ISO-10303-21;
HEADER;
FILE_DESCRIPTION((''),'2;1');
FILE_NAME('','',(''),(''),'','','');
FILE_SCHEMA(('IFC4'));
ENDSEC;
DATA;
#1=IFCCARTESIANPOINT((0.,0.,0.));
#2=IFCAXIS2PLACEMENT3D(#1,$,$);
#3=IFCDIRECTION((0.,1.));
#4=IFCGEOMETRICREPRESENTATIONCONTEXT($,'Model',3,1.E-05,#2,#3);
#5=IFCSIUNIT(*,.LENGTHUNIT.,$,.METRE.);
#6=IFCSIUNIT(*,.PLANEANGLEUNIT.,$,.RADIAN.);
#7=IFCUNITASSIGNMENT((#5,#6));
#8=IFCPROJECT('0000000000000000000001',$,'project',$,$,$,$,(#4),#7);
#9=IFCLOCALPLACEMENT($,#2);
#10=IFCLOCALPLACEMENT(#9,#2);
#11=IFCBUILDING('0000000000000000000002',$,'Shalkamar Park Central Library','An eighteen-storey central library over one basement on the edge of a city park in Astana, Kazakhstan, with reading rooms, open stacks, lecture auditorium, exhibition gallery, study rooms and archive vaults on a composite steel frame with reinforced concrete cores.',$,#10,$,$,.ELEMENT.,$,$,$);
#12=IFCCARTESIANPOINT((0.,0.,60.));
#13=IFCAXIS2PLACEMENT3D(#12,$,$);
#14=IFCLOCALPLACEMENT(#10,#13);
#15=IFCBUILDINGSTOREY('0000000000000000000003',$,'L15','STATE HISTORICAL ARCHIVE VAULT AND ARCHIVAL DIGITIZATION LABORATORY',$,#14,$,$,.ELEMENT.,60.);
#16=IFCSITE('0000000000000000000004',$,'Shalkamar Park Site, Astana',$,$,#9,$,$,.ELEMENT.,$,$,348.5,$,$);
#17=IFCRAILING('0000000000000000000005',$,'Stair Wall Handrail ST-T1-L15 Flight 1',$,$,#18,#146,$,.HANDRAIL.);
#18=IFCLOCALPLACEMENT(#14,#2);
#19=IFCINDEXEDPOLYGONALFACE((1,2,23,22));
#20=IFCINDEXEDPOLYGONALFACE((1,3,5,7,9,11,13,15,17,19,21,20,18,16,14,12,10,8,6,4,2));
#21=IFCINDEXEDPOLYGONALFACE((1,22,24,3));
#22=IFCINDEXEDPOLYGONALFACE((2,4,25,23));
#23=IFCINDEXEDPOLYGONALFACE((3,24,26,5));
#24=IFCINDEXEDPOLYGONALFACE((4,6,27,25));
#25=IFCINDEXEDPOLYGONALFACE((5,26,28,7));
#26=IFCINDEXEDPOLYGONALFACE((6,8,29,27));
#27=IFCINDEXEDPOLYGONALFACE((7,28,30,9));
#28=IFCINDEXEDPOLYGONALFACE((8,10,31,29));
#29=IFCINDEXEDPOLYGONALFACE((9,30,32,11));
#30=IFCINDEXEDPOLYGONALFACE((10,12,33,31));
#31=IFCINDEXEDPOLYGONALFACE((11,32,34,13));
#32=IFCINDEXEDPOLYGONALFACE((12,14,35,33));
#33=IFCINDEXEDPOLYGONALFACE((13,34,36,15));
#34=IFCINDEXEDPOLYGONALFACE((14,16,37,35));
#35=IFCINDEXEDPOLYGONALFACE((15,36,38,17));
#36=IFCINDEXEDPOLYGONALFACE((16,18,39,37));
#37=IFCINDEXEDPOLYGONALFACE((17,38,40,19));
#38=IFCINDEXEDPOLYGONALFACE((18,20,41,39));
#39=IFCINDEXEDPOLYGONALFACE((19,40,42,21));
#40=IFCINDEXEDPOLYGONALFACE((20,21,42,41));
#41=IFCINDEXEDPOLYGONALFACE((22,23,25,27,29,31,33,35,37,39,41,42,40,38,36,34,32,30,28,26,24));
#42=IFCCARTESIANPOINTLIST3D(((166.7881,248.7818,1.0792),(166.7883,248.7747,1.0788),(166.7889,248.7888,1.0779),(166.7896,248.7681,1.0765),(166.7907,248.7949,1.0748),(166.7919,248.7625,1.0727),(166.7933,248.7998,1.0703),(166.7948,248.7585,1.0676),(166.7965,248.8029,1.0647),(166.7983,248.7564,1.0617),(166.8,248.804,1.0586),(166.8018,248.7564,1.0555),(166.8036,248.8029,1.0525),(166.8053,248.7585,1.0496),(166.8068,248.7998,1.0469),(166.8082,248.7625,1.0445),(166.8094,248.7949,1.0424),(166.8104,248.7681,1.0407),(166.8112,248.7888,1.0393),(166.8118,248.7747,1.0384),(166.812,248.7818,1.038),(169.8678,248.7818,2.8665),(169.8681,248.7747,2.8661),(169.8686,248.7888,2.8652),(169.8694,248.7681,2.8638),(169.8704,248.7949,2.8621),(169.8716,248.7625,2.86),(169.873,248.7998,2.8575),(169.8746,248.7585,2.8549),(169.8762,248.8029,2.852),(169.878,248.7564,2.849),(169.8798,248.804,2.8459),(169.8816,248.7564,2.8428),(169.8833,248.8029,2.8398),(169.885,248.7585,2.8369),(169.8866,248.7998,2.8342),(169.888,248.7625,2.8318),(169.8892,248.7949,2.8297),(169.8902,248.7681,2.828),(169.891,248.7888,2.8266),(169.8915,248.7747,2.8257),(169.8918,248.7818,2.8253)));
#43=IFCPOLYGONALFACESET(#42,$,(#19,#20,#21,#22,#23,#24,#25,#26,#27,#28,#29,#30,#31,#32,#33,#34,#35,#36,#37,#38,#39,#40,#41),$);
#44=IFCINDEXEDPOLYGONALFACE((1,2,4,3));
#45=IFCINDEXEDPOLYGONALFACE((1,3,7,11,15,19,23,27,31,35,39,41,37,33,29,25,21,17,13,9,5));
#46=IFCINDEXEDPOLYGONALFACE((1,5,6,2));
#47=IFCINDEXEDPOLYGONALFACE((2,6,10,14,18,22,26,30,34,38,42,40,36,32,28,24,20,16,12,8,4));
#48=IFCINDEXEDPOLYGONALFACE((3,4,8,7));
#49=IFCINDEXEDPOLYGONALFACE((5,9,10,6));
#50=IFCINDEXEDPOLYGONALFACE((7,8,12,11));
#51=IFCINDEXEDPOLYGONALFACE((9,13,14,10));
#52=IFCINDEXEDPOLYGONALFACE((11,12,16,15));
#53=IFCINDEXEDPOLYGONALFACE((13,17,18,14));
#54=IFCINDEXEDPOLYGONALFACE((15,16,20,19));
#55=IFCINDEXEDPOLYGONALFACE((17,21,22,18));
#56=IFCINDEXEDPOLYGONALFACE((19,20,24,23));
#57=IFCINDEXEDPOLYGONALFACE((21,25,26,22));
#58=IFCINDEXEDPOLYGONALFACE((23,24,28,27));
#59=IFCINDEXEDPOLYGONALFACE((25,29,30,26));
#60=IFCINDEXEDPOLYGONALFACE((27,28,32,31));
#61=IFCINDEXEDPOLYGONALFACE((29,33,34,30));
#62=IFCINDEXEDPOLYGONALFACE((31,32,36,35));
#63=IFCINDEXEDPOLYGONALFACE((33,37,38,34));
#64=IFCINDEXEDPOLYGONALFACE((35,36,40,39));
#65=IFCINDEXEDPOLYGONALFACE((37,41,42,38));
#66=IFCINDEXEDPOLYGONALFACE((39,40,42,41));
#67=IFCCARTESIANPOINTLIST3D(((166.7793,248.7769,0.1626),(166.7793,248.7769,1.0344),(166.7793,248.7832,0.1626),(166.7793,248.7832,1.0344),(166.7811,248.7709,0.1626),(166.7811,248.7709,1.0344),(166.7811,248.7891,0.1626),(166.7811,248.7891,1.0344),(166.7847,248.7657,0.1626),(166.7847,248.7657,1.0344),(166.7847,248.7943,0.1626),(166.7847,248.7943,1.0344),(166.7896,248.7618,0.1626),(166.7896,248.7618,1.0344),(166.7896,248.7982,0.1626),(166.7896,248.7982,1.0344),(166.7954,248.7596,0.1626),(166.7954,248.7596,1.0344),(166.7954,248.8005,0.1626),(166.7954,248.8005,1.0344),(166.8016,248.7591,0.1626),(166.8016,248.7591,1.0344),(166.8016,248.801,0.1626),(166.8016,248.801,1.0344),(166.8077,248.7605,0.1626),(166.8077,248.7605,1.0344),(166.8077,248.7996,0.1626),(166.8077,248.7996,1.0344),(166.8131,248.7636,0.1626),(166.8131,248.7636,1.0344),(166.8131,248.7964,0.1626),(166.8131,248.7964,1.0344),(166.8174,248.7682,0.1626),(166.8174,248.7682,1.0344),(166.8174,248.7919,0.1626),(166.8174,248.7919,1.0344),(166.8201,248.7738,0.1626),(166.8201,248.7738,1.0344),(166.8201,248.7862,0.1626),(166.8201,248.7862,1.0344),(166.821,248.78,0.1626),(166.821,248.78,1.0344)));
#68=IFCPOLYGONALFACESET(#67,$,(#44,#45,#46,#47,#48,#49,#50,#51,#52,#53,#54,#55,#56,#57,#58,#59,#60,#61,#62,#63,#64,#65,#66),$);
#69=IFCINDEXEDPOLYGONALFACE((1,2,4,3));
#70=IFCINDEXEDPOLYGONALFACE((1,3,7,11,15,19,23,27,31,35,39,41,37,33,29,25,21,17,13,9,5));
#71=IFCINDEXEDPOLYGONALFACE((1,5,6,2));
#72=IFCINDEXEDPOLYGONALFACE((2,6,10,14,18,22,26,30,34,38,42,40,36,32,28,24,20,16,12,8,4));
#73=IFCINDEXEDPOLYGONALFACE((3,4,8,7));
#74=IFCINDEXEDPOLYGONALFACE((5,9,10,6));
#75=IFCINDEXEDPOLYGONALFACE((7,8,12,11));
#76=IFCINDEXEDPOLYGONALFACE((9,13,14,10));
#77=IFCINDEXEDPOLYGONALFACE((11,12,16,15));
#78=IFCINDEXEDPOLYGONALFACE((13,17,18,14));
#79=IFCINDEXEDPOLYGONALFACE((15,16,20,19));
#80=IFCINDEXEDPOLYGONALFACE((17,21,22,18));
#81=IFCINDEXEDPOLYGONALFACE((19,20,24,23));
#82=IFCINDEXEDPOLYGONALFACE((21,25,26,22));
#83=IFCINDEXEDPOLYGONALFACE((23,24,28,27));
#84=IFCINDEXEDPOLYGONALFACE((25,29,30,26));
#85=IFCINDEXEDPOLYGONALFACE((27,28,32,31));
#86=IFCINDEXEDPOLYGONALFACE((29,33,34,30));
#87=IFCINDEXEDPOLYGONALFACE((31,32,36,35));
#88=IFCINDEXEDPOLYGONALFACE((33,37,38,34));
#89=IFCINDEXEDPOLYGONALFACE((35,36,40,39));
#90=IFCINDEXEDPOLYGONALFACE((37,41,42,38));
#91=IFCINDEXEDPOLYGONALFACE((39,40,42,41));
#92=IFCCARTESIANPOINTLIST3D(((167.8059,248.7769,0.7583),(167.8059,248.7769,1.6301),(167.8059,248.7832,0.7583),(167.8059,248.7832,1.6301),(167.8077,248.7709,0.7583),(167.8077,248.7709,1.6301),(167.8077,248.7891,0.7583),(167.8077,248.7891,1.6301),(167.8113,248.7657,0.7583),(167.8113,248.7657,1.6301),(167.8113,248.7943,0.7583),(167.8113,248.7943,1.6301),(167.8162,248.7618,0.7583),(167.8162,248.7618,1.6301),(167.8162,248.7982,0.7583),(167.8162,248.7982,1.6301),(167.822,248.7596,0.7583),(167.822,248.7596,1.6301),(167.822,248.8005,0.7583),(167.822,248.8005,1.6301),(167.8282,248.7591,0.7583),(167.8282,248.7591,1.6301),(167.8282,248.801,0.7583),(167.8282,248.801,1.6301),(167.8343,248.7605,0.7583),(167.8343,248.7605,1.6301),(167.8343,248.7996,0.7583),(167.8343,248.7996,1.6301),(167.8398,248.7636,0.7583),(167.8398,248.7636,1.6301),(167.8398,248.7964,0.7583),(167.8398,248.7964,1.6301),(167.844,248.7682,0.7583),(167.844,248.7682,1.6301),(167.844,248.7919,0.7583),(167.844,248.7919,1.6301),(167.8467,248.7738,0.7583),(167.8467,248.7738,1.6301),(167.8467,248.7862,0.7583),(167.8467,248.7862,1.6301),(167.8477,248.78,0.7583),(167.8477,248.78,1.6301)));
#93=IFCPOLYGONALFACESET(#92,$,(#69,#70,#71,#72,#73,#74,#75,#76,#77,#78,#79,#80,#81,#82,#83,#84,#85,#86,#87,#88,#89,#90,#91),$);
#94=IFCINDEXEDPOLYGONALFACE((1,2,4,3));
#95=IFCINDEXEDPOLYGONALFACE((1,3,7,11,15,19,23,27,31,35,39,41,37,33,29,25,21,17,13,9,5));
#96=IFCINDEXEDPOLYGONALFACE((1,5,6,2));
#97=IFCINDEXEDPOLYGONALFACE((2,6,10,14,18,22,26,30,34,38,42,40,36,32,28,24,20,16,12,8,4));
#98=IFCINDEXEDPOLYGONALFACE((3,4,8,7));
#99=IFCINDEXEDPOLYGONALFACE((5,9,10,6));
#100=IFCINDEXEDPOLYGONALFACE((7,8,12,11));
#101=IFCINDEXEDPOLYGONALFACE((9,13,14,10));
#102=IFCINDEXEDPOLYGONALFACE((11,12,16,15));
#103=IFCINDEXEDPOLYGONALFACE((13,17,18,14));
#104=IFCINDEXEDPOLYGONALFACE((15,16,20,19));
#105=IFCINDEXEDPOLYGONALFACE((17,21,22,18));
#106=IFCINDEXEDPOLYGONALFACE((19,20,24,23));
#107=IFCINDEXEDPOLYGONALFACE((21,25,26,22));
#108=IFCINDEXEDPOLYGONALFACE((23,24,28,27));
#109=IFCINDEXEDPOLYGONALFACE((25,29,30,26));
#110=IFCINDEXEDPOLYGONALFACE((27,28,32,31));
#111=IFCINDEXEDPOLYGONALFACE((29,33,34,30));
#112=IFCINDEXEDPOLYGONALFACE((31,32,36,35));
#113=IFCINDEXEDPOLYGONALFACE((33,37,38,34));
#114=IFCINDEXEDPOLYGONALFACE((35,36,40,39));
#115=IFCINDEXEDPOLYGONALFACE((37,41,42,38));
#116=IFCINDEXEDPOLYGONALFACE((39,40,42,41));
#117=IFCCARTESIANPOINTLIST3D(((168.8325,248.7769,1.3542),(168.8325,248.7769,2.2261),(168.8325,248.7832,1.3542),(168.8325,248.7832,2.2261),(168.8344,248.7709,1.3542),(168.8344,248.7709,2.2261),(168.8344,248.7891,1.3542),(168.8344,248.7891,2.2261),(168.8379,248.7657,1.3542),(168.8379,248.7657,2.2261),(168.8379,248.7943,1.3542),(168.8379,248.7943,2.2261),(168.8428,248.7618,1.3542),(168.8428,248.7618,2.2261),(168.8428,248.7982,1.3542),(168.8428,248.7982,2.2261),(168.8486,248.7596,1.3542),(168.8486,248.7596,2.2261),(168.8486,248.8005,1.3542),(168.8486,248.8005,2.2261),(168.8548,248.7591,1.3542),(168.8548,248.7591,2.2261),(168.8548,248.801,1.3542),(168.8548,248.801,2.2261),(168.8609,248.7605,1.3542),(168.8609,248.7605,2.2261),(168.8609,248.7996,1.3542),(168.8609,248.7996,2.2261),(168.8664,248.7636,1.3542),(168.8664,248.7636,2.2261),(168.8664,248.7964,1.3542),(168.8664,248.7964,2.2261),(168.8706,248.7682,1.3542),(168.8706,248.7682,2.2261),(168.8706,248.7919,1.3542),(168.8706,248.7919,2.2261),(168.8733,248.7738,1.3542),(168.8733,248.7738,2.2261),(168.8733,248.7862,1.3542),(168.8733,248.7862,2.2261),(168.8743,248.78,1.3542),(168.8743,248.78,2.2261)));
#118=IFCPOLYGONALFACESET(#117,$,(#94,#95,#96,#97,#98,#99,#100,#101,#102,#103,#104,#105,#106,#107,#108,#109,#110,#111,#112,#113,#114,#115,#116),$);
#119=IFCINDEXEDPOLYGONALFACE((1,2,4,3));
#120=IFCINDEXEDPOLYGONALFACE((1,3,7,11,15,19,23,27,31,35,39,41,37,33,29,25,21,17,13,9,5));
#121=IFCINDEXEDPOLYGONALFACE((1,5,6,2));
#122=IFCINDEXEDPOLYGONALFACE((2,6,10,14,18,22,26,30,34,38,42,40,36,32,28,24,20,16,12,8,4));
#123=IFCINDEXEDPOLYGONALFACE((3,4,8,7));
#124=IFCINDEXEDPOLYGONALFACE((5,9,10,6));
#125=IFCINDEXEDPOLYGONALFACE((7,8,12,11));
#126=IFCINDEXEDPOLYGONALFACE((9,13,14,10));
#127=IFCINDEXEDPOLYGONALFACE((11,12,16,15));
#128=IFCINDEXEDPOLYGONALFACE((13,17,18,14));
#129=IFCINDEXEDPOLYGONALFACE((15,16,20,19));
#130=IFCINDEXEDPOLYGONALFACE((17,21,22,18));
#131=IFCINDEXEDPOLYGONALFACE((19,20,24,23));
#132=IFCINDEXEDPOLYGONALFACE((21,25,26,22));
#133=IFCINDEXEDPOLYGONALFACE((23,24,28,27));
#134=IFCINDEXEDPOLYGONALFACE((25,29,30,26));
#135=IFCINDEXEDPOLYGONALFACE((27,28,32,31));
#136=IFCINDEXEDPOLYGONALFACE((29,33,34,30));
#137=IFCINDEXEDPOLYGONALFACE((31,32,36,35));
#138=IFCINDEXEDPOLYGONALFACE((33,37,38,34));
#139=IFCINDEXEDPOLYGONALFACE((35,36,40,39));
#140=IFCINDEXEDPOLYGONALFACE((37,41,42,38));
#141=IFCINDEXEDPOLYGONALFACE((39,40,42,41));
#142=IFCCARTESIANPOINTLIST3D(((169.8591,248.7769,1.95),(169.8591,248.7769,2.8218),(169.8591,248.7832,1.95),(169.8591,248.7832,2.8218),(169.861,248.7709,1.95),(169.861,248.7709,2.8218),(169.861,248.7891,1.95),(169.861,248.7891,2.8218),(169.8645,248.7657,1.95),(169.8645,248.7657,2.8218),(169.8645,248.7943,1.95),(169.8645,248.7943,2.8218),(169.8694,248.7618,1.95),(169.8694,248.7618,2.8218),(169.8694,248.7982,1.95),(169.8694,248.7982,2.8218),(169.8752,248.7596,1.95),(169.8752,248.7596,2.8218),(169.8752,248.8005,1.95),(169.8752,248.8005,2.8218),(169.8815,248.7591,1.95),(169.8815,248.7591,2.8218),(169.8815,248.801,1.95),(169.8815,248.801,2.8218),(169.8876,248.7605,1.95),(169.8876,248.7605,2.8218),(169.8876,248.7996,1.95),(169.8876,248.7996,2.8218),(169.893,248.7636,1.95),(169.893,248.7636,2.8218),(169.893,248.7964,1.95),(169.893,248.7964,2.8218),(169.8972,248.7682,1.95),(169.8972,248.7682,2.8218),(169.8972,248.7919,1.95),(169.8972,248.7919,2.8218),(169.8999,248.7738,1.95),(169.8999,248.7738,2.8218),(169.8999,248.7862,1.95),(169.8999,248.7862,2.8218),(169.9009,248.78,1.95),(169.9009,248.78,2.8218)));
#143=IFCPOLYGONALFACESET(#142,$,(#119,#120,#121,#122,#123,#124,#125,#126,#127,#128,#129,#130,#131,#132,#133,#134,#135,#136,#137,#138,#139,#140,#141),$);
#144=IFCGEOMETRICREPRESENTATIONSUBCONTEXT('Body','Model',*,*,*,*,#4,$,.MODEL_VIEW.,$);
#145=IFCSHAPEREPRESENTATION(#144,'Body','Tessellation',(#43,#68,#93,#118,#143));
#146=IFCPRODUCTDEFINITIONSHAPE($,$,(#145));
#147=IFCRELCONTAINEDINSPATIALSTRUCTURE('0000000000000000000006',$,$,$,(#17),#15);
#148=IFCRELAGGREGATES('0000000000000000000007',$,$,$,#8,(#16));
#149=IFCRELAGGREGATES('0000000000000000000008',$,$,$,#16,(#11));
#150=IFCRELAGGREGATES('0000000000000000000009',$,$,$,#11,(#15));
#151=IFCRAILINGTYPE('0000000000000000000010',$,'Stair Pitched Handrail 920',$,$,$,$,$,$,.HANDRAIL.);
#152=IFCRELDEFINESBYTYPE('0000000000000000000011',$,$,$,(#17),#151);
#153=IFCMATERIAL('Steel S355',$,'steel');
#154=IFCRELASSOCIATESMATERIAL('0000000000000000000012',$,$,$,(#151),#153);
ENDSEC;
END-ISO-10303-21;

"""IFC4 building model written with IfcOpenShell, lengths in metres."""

from ifc_helpers import new_model, si_unit, direction, frame, origin, origin_2d, place, context, subcontext, project, spatial, circle, extrude, material, type_object, element, save


model = new_model("IFC4")

# Units and contexts
model_context = context("Model", 3, precision=1e-05, world=origin(), true_north=direction((0.0, 1.0)))
body_context = subcontext(model_context, "Body", "Model", "MODEL_VIEW")
ifc_project = project(units=[si_unit("LENGTHUNIT", "METRE"), si_unit("PLANEANGLEUNIT", "RADIAN")], contexts=[model_context])

# Site, building, storey
site_placement = place(None, origin())
site = spatial("IfcSite", under=ifc_project, at=site_placement, Name="Shalkamar Park Site, Astana", CompositionType="ELEMENT", RefElevation=348.5)
building_placement = place(site_placement, origin())
building = spatial("IfcBuilding", under=site, at=building_placement, Name="Shalkamar Park Central Library", Description="An eighteen-storey central library over one basement on the edge of a city park in Astana, Kazakhstan, with reading rooms, open stacks, lecture auditorium, exhibition gallery, study rooms and archive vaults on a composite steel frame with reinforced concrete cores.", CompositionType="ELEMENT")
storey_placement = place(building_placement, frame((0.0, 0.0, 60.0)))
storey = spatial("IfcBuildingStorey", under=building, at=storey_placement, Name="L15", Description="STATE HISTORICAL ARCHIVE VAULT AND ARCHIVAL DIGITIZATION LABORATORY", CompositionType="ELEMENT", Elevation=60.0)

# Shared definitions
ifc_material_1 = material(Name="Steel S355", Category="steel")

# Railing
railing_type_1 = type_object("IfcRailingType", Name="Stair Pitched Handrail 920", PredefinedType="HANDRAIL", material=ifc_material_1)
railing_1_placement = place(storey_placement, frame((166.8, 248.78, 0.1626)))
element("IfcRailing", 1, at=railing_1_placement, inside=storey, type_object=railing_type_1, Name="Stair Wall Handrail ST-T1-L15 Flight 1", PredefinedType="HANDRAIL", context=body_context, shape_type="SweptSolid", body=[
    extrude(circle(Radius=0.0239, at=origin_2d()), frame((0.0, 0.0, 0.896), z_axis=(0.864903, 0.0, 0.501939), x_axis=(0.0, 1.0, 0.0)), (0.0, 0.0, 1.0), 3.5608),
    extrude(circle(Radius=0.021, at=origin_2d()), origin(), (0.0, 0.0, 1.0), 0.8718),
    extrude(circle(Radius=0.021, at=origin_2d()), frame((1.0266, 0.0, 0.5957)), (0.0, 0.0, 1.0), 0.8718),
    extrude(circle(Radius=0.021, at=origin_2d()), frame((2.0532, 0.0, 1.1917)), (0.0, 0.0, 1.0), 0.8718),
    extrude(circle(Radius=0.021, at=origin_2d()), frame((3.0798, 0.0, 1.7874)), (0.0, 0.0, 1.0), 0.8718),
])

save(model, "model.ifc")
